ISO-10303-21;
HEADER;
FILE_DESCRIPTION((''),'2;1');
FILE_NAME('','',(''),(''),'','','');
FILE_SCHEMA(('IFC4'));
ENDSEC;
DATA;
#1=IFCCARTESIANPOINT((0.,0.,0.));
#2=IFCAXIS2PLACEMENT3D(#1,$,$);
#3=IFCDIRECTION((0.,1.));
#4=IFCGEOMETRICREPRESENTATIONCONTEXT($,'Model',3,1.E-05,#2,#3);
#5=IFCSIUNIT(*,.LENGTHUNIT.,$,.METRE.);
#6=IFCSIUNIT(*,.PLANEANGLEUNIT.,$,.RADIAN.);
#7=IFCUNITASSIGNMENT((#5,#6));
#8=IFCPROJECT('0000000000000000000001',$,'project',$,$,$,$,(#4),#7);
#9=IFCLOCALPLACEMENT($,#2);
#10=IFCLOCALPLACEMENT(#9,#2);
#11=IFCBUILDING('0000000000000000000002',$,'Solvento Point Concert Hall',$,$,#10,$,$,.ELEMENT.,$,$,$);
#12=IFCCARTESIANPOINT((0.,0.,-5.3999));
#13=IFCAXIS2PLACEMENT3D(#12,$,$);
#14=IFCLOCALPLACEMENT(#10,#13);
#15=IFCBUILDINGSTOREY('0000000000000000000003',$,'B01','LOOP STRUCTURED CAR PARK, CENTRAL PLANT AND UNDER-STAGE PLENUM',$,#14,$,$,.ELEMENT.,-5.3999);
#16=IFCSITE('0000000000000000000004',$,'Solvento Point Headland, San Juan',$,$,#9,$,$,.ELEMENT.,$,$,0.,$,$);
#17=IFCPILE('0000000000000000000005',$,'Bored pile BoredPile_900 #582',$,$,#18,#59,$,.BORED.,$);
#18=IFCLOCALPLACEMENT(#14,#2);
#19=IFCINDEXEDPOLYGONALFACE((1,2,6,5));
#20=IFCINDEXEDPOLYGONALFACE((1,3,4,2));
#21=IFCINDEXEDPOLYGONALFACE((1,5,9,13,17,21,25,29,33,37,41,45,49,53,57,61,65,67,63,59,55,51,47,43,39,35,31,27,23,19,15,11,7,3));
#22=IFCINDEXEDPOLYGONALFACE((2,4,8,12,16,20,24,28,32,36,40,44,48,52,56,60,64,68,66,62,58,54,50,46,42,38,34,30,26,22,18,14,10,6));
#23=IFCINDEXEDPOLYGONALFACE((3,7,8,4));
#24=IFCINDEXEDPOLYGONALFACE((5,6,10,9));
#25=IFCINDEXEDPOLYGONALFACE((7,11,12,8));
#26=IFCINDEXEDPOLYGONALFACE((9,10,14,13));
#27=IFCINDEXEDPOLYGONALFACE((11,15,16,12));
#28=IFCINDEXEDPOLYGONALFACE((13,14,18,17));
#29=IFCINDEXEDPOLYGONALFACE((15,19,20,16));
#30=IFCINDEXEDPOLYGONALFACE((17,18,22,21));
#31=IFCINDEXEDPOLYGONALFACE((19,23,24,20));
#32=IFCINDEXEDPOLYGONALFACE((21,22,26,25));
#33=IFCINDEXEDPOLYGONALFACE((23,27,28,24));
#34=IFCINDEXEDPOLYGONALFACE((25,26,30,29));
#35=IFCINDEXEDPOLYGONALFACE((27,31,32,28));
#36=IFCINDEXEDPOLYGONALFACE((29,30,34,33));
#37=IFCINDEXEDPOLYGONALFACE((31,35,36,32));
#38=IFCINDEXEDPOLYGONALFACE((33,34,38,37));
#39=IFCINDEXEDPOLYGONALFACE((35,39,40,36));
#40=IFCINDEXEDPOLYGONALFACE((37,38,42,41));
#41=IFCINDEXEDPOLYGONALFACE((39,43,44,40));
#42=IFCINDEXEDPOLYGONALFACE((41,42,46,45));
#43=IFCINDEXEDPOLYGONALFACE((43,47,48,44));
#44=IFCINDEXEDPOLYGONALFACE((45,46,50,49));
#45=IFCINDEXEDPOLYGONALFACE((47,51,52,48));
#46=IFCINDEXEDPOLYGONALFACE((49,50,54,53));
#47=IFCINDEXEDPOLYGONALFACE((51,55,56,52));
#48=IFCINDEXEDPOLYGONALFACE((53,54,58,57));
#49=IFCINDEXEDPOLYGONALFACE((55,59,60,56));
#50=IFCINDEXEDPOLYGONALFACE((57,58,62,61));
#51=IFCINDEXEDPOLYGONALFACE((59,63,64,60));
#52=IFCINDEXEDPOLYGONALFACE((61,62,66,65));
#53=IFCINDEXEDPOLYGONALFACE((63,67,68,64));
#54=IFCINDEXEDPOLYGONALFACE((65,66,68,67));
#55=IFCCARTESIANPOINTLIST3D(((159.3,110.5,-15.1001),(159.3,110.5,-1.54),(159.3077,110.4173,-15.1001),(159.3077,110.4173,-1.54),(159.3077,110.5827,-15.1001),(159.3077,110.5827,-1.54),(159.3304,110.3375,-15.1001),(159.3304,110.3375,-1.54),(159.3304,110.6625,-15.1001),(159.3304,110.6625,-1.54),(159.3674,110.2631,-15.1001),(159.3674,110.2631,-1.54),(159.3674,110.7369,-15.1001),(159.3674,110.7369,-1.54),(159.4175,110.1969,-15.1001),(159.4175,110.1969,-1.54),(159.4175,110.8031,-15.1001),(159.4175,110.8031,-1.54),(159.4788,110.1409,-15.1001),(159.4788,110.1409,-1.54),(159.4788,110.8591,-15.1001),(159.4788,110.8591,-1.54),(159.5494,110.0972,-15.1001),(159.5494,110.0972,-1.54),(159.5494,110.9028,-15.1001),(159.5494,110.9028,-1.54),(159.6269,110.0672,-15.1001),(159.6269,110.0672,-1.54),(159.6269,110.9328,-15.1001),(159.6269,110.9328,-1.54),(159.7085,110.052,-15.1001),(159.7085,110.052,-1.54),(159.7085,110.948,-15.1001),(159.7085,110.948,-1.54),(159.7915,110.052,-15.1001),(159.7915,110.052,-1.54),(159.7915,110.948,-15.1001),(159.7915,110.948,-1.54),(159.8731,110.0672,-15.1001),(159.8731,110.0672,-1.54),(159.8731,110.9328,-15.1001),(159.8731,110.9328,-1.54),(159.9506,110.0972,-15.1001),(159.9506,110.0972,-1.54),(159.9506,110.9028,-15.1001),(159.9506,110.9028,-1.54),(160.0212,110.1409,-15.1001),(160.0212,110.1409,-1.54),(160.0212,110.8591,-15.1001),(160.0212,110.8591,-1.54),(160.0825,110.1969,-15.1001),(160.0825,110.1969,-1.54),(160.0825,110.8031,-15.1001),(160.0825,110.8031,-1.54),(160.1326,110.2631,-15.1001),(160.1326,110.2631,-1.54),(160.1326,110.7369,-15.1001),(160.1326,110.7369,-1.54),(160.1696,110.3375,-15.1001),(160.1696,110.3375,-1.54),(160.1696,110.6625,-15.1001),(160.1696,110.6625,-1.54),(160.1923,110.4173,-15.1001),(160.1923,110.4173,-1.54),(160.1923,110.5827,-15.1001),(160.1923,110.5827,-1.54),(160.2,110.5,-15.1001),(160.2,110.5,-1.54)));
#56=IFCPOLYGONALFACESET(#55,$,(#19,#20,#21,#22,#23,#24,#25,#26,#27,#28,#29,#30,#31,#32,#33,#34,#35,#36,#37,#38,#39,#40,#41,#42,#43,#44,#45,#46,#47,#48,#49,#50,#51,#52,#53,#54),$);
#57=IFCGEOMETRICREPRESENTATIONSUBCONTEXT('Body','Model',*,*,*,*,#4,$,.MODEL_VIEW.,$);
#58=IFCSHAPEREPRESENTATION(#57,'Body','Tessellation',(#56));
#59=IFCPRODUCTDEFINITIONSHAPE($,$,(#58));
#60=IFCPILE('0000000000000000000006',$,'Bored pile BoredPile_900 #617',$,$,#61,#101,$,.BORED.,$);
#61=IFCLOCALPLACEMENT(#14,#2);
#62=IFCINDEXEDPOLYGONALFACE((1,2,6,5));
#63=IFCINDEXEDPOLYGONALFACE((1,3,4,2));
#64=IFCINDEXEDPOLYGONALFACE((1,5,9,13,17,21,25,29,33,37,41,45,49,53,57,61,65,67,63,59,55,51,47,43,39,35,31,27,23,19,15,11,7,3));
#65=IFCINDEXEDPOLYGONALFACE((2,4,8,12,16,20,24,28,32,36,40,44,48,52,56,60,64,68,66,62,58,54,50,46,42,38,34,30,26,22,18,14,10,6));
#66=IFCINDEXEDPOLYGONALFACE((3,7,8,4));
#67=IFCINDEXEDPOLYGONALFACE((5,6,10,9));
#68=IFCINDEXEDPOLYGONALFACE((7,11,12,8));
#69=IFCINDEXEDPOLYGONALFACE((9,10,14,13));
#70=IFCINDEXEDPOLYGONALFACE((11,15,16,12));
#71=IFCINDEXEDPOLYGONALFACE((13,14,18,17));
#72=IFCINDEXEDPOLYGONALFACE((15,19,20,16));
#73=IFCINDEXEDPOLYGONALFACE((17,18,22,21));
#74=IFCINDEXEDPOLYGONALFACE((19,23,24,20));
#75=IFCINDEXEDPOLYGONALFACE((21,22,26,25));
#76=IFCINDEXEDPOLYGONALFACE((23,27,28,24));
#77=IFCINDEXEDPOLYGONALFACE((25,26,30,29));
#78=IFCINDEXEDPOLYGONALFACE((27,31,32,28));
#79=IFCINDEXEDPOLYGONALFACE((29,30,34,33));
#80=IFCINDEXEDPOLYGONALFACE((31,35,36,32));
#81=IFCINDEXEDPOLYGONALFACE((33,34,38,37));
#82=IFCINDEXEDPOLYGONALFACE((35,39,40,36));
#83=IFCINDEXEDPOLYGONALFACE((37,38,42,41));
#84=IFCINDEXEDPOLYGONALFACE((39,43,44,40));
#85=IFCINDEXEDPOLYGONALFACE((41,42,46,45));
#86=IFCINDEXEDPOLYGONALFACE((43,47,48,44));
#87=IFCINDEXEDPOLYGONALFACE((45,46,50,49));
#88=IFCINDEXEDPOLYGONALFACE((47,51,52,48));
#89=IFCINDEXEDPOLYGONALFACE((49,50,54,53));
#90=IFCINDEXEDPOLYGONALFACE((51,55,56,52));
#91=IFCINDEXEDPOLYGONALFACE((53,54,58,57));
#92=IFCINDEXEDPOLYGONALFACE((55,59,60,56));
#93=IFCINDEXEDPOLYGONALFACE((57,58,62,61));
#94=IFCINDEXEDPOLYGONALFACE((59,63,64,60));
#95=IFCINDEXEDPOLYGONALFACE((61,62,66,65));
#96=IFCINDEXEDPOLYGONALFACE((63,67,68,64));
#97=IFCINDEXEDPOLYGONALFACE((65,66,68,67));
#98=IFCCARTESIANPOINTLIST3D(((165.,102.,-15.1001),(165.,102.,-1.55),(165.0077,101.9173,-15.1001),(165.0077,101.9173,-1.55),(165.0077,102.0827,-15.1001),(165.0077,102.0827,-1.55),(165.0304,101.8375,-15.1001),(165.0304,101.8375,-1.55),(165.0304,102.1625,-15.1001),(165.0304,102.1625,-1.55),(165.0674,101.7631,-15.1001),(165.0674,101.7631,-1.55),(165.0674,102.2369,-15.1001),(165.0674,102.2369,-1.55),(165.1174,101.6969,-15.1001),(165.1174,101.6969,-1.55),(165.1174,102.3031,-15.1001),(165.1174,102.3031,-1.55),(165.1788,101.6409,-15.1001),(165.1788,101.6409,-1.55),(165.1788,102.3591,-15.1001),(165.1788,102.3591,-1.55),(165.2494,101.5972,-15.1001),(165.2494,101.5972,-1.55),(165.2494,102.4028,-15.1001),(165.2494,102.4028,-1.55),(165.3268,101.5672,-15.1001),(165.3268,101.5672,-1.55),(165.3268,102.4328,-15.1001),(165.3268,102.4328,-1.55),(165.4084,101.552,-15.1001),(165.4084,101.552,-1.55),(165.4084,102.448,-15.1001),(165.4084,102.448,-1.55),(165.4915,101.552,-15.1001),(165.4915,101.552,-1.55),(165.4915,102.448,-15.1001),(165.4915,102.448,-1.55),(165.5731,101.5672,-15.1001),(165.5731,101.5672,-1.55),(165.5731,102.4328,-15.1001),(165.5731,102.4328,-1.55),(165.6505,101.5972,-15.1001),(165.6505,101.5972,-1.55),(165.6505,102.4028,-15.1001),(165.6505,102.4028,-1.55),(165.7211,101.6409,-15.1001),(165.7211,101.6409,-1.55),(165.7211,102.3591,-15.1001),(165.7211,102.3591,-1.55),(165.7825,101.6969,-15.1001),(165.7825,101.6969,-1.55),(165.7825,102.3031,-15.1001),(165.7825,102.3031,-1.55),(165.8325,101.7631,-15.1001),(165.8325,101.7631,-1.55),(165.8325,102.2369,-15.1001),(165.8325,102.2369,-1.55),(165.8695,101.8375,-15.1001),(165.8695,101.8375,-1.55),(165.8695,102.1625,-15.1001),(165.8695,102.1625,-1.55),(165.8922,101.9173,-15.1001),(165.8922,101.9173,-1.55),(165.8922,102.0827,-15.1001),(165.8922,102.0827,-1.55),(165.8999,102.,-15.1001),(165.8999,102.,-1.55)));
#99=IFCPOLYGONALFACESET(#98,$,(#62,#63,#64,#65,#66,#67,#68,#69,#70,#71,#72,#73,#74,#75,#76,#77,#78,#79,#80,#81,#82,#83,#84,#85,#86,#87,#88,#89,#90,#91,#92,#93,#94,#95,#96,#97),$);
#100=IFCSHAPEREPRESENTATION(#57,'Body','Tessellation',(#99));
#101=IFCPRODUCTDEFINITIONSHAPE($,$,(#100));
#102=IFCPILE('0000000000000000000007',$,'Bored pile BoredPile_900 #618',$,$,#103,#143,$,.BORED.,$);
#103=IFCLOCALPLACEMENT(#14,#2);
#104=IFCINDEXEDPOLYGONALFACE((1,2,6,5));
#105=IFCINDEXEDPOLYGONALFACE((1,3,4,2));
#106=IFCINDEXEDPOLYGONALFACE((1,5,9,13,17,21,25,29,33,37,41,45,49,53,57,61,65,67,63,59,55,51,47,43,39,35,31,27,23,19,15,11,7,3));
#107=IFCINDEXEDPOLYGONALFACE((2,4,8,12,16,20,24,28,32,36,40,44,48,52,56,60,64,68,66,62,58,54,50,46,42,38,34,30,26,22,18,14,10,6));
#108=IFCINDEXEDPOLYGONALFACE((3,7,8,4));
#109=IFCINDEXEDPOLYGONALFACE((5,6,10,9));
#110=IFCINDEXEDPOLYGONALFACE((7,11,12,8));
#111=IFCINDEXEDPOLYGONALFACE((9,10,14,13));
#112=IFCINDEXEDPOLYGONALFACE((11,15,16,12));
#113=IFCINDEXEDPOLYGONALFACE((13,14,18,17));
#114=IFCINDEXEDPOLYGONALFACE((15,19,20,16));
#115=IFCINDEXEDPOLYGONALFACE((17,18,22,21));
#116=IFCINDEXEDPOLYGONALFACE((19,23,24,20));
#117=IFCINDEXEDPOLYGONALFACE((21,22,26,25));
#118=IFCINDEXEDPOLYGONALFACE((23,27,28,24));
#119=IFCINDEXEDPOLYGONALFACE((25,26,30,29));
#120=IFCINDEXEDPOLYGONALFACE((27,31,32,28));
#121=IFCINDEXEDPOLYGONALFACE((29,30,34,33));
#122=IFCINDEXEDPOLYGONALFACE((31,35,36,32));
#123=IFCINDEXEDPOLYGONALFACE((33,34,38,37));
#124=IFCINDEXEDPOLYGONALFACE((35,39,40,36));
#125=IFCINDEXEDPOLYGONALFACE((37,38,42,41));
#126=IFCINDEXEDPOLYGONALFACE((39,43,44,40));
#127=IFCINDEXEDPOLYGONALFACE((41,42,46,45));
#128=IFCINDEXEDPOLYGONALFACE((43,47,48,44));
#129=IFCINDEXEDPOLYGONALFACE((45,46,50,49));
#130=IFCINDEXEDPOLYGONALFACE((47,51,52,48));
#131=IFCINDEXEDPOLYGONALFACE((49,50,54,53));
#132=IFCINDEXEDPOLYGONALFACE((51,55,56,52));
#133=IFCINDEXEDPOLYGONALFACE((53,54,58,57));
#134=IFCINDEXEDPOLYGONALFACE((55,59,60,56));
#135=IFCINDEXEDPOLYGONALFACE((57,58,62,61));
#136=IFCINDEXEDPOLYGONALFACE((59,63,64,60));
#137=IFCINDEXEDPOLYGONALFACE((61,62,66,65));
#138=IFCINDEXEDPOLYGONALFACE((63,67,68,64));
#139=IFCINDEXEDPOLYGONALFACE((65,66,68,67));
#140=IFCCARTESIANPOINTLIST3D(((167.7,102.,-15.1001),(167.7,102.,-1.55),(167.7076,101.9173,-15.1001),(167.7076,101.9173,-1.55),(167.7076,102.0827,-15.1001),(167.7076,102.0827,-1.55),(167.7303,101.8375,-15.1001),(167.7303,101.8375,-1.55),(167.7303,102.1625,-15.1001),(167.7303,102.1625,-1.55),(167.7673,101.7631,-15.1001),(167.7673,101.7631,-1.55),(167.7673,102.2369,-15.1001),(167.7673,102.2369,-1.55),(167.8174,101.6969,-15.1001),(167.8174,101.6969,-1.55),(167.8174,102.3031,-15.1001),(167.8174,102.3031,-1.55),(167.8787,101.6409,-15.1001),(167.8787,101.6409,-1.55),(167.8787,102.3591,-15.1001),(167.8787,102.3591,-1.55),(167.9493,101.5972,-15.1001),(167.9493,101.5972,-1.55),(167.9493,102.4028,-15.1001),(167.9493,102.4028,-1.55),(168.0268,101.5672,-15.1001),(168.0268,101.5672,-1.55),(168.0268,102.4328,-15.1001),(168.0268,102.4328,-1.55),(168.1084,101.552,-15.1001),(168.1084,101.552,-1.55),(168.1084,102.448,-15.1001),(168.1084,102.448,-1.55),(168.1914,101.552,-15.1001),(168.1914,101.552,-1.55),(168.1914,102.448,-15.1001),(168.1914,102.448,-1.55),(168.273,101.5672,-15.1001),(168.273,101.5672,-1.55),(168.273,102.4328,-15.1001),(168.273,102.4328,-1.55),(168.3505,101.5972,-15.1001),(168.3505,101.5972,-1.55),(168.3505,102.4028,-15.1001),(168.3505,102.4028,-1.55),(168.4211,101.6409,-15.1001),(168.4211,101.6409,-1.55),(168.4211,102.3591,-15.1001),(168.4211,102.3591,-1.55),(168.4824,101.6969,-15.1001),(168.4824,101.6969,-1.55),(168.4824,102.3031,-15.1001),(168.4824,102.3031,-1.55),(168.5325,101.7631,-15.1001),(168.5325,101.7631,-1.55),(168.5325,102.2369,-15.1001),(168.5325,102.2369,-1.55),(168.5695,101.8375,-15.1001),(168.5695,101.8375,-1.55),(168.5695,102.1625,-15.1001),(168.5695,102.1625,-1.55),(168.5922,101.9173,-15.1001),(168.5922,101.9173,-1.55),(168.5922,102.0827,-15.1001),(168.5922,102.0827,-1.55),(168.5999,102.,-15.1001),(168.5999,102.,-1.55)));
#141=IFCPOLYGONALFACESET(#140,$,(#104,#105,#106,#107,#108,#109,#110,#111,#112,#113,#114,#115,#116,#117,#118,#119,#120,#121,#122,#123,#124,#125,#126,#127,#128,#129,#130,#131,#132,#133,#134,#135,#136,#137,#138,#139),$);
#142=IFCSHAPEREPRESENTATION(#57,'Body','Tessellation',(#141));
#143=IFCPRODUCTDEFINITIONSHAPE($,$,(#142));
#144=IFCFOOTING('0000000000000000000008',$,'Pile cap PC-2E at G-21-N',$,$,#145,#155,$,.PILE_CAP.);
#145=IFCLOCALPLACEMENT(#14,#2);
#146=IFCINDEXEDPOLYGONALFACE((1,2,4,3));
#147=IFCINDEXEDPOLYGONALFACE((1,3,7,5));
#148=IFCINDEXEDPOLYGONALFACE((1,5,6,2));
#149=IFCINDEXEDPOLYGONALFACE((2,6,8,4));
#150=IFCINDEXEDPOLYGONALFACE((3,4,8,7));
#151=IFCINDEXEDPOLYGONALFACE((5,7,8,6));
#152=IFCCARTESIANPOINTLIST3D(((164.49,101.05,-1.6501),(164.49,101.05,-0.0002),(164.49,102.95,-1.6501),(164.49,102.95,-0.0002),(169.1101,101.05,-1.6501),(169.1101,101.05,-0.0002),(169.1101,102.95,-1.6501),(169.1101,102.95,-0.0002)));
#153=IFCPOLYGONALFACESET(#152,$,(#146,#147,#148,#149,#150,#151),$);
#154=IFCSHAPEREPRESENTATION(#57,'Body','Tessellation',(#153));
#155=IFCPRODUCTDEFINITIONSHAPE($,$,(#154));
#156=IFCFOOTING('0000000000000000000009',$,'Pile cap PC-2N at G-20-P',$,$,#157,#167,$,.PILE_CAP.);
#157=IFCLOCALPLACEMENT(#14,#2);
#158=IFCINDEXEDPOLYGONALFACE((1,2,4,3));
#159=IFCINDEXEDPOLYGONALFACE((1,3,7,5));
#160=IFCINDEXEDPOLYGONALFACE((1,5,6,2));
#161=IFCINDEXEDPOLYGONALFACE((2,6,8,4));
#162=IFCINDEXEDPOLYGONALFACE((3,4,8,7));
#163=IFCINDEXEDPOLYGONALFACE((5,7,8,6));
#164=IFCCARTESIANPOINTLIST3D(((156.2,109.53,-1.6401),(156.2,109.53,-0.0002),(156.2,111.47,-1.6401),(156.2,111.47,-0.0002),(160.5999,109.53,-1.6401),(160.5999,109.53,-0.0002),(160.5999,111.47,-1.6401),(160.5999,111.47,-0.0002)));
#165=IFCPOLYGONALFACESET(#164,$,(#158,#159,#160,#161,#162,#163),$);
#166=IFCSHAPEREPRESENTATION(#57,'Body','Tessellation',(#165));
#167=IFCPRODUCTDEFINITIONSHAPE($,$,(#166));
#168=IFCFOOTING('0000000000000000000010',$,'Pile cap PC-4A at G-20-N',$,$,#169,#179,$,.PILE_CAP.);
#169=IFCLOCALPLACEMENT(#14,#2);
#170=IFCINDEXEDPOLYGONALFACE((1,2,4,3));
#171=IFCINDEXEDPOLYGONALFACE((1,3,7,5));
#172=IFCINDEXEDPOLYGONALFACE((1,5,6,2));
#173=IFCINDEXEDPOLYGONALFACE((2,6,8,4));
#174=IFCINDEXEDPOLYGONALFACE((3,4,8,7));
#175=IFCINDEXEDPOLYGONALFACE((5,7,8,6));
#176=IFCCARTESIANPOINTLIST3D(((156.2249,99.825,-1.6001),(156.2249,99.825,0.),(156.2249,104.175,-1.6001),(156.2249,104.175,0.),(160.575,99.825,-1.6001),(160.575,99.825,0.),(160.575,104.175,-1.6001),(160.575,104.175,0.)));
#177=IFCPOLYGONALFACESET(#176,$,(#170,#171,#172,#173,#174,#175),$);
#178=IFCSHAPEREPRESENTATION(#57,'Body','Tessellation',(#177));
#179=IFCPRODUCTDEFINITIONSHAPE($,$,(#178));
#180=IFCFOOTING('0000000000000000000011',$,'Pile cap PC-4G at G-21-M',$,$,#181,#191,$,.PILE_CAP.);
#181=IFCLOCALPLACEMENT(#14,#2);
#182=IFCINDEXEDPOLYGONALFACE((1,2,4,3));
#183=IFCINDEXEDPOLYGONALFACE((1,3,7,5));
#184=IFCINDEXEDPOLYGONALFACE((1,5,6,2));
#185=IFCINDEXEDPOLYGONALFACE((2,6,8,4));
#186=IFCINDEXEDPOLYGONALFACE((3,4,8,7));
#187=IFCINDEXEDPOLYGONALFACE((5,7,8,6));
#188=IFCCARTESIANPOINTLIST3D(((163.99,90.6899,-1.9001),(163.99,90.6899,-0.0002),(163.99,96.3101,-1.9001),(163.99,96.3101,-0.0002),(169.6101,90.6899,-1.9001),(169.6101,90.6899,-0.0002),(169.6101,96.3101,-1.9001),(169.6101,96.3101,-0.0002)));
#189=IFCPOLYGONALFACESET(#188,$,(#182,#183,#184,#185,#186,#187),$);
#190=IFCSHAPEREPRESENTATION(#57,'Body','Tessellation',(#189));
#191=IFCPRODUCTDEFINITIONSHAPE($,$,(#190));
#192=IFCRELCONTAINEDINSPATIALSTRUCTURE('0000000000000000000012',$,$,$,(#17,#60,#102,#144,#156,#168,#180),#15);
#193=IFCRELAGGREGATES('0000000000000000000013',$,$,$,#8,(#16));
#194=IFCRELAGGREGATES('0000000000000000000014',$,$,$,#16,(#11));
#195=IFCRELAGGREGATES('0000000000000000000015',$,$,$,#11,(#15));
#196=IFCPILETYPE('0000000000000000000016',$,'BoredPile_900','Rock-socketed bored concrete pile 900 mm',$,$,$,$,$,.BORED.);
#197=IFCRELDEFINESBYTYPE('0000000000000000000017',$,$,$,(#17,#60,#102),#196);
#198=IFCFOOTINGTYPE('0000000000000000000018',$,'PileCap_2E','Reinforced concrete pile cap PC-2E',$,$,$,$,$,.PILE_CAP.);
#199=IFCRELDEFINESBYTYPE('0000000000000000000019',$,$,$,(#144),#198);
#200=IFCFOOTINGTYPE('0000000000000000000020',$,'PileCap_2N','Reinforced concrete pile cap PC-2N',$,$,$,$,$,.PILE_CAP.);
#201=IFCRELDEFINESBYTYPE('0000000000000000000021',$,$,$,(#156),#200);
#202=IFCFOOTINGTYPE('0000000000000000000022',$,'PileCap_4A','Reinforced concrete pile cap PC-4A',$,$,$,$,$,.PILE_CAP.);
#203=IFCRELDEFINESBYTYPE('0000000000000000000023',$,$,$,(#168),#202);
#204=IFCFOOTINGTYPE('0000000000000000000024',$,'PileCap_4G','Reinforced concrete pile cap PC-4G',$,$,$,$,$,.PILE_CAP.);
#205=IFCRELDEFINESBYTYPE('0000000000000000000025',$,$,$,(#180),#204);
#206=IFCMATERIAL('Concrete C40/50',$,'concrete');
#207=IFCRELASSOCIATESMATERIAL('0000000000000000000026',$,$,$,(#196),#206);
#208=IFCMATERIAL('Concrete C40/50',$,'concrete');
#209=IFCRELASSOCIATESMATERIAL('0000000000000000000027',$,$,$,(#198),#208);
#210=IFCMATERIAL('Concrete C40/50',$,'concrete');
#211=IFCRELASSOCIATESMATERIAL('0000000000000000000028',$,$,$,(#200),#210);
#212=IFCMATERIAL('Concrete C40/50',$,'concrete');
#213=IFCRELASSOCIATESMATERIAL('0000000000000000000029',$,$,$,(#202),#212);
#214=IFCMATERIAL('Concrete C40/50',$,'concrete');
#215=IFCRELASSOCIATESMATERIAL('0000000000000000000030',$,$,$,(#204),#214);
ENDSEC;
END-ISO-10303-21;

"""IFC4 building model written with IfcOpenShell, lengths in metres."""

from ifc_helpers import new_model, si_unit, direction, frame, origin, origin_2d, place, context, subcontext, project, spatial, rectangle, circle, extrude, material, material_profile, profile_set, type_object, element, save


model = new_model("IFC4")

# Units and contexts
model_context = context("Model", 3, precision=1e-05, world=origin(), true_north=direction((0.0, 1.0)))
body_context = subcontext(model_context, "Body", "Model", "MODEL_VIEW")
ifc_project = project(units=[si_unit("LENGTHUNIT", "METRE"), si_unit("PLANEANGLEUNIT", "RADIAN")], contexts=[model_context])

# Site, building, storey
site_placement = place(None, origin())
site = spatial("IfcSite", under=ifc_project, at=site_placement, Name="Solvento Point Headland, San Juan", CompositionType="ELEMENT", RefElevation=0.0)
building_placement = place(site_placement, origin())
building = spatial("IfcBuilding", under=site, at=building_placement, Name="Solvento Point Concert Hall", CompositionType="ELEMENT")
storey_placement = place(building_placement, frame((0.0, 0.0, -5.3999)))
storey = spatial("IfcBuildingStorey", under=building, at=storey_placement, Name="B01", Description="LOOP STRUCTURED CAR PARK, CENTRAL PLANT AND UNDER-STAGE PLENUM", CompositionType="ELEMENT", Elevation=-5.3999)

# Piles
ifc_material_1 = material(Name="Concrete C40/50", Category="concrete")
ifc_material_profile_1 = material_profile(ifc_material_1, circle(Radius=0.45, at=origin_2d()), Name="BP-900")
ifc_profile_set_1 = profile_set([ifc_material_profile_1], Name="Concrete C40/50")
pile_type_1 = type_object("IfcPileType", Name="BoredPile_900", Description="Rock-socketed bored concrete pile 900 mm", PredefinedType="BORED", material=ifc_profile_set_1)
pile_placement = place(storey_placement, frame((159.75, 110.5, -1.54), z_axis=(0.0, 0.0, -1.0), x_axis=(1.0, 0.0, 0.0)))
element("IfcPile", 1, at=pile_placement, inside=storey, type_object=pile_type_1, Name="Bored pile BoredPile_900 #582", PredefinedType="BORED", context=body_context, shape_type="SweptSolid", body=[
    extrude(circle(Radius=0.45, at=origin_2d()), origin(), (0.0, 0.0, 1.0), 13.5601),
])
for number, where, z_axis, x_axis, name in (
    (2, (165.45, 102.0, -1.55), (0.0, 0.0, -1.0), (1.0, 0.0, 0.0), "Bored pile BoredPile_900 #617"),
    (3, (168.1499, 102.0, -1.55), (0.0, 0.0, -1.0), (1.0, 0.0, 0.0), "Bored pile BoredPile_900 #618"),
):
    element("IfcPile", number, at=place(storey_placement, frame(where, z_axis=z_axis, x_axis=x_axis)), inside=storey, type_object=pile_type_1, Name=name, PredefinedType="BORED", context=body_context, shape_type="SweptSolid", body=[
        extrude(circle(Radius=0.45, at=origin_2d()), origin(), (0.0, 0.0, 1.0), 13.55),
    ])

# Footings
ifc_material_2 = material(Name="Concrete C40/50", Category="concrete")
footing_type_1 = type_object("IfcFootingType", Name="PileCap_2E", Description="Reinforced concrete pile cap PC-2E", PredefinedType="PILE_CAP", material=ifc_material_2)
footing_1_placement = place(storey_placement, frame((166.8, 102.0, -1.6501), z_axis=(0.0, 0.0, 1.0), x_axis=(1.0, 0.0, 0.0)))
element("IfcFooting", 4, at=footing_1_placement, inside=storey, type_object=footing_type_1, Name="Pile cap PC-2E at G-21-N", PredefinedType="PILE_CAP", context=body_context, shape_type="SweptSolid", body=[
    extrude(rectangle(XDim=4.6201, YDim=1.8999, at=origin_2d()), origin(), (0.0, 0.0, 1.0), 1.6499),
])
ifc_material_3 = material(Name="Concrete C40/50", Category="concrete")
footing_type_2 = type_object("IfcFootingType", Name="PileCap_2N", Description="Reinforced concrete pile cap PC-2N", PredefinedType="PILE_CAP", material=ifc_material_3)
footing_2_placement = place(storey_placement, frame((158.3999, 110.5, -1.6401), z_axis=(0.0, 0.0, 1.0), x_axis=(1.0, 0.0, 0.0)))
element("IfcFooting", 5, at=footing_2_placement, inside=storey, type_object=footing_type_2, Name="Pile cap PC-2N at G-20-P", PredefinedType="PILE_CAP", context=body_context, shape_type="SweptSolid", body=[
    extrude(rectangle(XDim=4.3999, YDim=1.9399, at=origin_2d()), origin(), (0.0, 0.0, 1.0), 1.6399),
])
ifc_material_4 = material(Name="Concrete C40/50", Category="concrete")
footing_type_3 = type_object("IfcFootingType", Name="PileCap_4A", Description="Reinforced concrete pile cap PC-4A", PredefinedType="PILE_CAP", material=ifc_material_4)
footing_3_placement = place(storey_placement, frame((158.3999, 102.0, -1.6001), z_axis=(0.0, 0.0, 1.0), x_axis=(1.0, 0.0, 0.0)))
element("IfcFooting", 6, at=footing_3_placement, inside=storey, type_object=footing_type_3, Name="Pile cap PC-4A at G-20-N", PredefinedType="PILE_CAP", context=body_context, shape_type="SweptSolid", body=[
    extrude(rectangle(XDim=4.3501, YDim=4.3501, at=origin_2d()), origin(), (0.0, 0.0, 1.0), 1.6001),
])
ifc_material_5 = material(Name="Concrete C40/50", Category="concrete")
footing_type_4 = type_object("IfcFootingType", Name="PileCap_4G", Description="Reinforced concrete pile cap PC-4G", PredefinedType="PILE_CAP", material=ifc_material_5)
footing_4_placement = place(storey_placement, frame((166.8, 93.5, -1.9001), z_axis=(0.0, 0.0, 1.0), x_axis=(1.0, 0.0, 0.0)))
element("IfcFooting", 7, at=footing_4_placement, inside=storey, type_object=footing_type_4, Name="Pile cap PC-4G at G-21-M", PredefinedType="PILE_CAP", context=body_context, shape_type="SweptSolid", body=[
    extrude(rectangle(XDim=5.6201, YDim=5.6201, at=origin_2d()), origin(), (0.0, 0.0, 1.0), 1.8999),
])

save(model, "model.ifc")
